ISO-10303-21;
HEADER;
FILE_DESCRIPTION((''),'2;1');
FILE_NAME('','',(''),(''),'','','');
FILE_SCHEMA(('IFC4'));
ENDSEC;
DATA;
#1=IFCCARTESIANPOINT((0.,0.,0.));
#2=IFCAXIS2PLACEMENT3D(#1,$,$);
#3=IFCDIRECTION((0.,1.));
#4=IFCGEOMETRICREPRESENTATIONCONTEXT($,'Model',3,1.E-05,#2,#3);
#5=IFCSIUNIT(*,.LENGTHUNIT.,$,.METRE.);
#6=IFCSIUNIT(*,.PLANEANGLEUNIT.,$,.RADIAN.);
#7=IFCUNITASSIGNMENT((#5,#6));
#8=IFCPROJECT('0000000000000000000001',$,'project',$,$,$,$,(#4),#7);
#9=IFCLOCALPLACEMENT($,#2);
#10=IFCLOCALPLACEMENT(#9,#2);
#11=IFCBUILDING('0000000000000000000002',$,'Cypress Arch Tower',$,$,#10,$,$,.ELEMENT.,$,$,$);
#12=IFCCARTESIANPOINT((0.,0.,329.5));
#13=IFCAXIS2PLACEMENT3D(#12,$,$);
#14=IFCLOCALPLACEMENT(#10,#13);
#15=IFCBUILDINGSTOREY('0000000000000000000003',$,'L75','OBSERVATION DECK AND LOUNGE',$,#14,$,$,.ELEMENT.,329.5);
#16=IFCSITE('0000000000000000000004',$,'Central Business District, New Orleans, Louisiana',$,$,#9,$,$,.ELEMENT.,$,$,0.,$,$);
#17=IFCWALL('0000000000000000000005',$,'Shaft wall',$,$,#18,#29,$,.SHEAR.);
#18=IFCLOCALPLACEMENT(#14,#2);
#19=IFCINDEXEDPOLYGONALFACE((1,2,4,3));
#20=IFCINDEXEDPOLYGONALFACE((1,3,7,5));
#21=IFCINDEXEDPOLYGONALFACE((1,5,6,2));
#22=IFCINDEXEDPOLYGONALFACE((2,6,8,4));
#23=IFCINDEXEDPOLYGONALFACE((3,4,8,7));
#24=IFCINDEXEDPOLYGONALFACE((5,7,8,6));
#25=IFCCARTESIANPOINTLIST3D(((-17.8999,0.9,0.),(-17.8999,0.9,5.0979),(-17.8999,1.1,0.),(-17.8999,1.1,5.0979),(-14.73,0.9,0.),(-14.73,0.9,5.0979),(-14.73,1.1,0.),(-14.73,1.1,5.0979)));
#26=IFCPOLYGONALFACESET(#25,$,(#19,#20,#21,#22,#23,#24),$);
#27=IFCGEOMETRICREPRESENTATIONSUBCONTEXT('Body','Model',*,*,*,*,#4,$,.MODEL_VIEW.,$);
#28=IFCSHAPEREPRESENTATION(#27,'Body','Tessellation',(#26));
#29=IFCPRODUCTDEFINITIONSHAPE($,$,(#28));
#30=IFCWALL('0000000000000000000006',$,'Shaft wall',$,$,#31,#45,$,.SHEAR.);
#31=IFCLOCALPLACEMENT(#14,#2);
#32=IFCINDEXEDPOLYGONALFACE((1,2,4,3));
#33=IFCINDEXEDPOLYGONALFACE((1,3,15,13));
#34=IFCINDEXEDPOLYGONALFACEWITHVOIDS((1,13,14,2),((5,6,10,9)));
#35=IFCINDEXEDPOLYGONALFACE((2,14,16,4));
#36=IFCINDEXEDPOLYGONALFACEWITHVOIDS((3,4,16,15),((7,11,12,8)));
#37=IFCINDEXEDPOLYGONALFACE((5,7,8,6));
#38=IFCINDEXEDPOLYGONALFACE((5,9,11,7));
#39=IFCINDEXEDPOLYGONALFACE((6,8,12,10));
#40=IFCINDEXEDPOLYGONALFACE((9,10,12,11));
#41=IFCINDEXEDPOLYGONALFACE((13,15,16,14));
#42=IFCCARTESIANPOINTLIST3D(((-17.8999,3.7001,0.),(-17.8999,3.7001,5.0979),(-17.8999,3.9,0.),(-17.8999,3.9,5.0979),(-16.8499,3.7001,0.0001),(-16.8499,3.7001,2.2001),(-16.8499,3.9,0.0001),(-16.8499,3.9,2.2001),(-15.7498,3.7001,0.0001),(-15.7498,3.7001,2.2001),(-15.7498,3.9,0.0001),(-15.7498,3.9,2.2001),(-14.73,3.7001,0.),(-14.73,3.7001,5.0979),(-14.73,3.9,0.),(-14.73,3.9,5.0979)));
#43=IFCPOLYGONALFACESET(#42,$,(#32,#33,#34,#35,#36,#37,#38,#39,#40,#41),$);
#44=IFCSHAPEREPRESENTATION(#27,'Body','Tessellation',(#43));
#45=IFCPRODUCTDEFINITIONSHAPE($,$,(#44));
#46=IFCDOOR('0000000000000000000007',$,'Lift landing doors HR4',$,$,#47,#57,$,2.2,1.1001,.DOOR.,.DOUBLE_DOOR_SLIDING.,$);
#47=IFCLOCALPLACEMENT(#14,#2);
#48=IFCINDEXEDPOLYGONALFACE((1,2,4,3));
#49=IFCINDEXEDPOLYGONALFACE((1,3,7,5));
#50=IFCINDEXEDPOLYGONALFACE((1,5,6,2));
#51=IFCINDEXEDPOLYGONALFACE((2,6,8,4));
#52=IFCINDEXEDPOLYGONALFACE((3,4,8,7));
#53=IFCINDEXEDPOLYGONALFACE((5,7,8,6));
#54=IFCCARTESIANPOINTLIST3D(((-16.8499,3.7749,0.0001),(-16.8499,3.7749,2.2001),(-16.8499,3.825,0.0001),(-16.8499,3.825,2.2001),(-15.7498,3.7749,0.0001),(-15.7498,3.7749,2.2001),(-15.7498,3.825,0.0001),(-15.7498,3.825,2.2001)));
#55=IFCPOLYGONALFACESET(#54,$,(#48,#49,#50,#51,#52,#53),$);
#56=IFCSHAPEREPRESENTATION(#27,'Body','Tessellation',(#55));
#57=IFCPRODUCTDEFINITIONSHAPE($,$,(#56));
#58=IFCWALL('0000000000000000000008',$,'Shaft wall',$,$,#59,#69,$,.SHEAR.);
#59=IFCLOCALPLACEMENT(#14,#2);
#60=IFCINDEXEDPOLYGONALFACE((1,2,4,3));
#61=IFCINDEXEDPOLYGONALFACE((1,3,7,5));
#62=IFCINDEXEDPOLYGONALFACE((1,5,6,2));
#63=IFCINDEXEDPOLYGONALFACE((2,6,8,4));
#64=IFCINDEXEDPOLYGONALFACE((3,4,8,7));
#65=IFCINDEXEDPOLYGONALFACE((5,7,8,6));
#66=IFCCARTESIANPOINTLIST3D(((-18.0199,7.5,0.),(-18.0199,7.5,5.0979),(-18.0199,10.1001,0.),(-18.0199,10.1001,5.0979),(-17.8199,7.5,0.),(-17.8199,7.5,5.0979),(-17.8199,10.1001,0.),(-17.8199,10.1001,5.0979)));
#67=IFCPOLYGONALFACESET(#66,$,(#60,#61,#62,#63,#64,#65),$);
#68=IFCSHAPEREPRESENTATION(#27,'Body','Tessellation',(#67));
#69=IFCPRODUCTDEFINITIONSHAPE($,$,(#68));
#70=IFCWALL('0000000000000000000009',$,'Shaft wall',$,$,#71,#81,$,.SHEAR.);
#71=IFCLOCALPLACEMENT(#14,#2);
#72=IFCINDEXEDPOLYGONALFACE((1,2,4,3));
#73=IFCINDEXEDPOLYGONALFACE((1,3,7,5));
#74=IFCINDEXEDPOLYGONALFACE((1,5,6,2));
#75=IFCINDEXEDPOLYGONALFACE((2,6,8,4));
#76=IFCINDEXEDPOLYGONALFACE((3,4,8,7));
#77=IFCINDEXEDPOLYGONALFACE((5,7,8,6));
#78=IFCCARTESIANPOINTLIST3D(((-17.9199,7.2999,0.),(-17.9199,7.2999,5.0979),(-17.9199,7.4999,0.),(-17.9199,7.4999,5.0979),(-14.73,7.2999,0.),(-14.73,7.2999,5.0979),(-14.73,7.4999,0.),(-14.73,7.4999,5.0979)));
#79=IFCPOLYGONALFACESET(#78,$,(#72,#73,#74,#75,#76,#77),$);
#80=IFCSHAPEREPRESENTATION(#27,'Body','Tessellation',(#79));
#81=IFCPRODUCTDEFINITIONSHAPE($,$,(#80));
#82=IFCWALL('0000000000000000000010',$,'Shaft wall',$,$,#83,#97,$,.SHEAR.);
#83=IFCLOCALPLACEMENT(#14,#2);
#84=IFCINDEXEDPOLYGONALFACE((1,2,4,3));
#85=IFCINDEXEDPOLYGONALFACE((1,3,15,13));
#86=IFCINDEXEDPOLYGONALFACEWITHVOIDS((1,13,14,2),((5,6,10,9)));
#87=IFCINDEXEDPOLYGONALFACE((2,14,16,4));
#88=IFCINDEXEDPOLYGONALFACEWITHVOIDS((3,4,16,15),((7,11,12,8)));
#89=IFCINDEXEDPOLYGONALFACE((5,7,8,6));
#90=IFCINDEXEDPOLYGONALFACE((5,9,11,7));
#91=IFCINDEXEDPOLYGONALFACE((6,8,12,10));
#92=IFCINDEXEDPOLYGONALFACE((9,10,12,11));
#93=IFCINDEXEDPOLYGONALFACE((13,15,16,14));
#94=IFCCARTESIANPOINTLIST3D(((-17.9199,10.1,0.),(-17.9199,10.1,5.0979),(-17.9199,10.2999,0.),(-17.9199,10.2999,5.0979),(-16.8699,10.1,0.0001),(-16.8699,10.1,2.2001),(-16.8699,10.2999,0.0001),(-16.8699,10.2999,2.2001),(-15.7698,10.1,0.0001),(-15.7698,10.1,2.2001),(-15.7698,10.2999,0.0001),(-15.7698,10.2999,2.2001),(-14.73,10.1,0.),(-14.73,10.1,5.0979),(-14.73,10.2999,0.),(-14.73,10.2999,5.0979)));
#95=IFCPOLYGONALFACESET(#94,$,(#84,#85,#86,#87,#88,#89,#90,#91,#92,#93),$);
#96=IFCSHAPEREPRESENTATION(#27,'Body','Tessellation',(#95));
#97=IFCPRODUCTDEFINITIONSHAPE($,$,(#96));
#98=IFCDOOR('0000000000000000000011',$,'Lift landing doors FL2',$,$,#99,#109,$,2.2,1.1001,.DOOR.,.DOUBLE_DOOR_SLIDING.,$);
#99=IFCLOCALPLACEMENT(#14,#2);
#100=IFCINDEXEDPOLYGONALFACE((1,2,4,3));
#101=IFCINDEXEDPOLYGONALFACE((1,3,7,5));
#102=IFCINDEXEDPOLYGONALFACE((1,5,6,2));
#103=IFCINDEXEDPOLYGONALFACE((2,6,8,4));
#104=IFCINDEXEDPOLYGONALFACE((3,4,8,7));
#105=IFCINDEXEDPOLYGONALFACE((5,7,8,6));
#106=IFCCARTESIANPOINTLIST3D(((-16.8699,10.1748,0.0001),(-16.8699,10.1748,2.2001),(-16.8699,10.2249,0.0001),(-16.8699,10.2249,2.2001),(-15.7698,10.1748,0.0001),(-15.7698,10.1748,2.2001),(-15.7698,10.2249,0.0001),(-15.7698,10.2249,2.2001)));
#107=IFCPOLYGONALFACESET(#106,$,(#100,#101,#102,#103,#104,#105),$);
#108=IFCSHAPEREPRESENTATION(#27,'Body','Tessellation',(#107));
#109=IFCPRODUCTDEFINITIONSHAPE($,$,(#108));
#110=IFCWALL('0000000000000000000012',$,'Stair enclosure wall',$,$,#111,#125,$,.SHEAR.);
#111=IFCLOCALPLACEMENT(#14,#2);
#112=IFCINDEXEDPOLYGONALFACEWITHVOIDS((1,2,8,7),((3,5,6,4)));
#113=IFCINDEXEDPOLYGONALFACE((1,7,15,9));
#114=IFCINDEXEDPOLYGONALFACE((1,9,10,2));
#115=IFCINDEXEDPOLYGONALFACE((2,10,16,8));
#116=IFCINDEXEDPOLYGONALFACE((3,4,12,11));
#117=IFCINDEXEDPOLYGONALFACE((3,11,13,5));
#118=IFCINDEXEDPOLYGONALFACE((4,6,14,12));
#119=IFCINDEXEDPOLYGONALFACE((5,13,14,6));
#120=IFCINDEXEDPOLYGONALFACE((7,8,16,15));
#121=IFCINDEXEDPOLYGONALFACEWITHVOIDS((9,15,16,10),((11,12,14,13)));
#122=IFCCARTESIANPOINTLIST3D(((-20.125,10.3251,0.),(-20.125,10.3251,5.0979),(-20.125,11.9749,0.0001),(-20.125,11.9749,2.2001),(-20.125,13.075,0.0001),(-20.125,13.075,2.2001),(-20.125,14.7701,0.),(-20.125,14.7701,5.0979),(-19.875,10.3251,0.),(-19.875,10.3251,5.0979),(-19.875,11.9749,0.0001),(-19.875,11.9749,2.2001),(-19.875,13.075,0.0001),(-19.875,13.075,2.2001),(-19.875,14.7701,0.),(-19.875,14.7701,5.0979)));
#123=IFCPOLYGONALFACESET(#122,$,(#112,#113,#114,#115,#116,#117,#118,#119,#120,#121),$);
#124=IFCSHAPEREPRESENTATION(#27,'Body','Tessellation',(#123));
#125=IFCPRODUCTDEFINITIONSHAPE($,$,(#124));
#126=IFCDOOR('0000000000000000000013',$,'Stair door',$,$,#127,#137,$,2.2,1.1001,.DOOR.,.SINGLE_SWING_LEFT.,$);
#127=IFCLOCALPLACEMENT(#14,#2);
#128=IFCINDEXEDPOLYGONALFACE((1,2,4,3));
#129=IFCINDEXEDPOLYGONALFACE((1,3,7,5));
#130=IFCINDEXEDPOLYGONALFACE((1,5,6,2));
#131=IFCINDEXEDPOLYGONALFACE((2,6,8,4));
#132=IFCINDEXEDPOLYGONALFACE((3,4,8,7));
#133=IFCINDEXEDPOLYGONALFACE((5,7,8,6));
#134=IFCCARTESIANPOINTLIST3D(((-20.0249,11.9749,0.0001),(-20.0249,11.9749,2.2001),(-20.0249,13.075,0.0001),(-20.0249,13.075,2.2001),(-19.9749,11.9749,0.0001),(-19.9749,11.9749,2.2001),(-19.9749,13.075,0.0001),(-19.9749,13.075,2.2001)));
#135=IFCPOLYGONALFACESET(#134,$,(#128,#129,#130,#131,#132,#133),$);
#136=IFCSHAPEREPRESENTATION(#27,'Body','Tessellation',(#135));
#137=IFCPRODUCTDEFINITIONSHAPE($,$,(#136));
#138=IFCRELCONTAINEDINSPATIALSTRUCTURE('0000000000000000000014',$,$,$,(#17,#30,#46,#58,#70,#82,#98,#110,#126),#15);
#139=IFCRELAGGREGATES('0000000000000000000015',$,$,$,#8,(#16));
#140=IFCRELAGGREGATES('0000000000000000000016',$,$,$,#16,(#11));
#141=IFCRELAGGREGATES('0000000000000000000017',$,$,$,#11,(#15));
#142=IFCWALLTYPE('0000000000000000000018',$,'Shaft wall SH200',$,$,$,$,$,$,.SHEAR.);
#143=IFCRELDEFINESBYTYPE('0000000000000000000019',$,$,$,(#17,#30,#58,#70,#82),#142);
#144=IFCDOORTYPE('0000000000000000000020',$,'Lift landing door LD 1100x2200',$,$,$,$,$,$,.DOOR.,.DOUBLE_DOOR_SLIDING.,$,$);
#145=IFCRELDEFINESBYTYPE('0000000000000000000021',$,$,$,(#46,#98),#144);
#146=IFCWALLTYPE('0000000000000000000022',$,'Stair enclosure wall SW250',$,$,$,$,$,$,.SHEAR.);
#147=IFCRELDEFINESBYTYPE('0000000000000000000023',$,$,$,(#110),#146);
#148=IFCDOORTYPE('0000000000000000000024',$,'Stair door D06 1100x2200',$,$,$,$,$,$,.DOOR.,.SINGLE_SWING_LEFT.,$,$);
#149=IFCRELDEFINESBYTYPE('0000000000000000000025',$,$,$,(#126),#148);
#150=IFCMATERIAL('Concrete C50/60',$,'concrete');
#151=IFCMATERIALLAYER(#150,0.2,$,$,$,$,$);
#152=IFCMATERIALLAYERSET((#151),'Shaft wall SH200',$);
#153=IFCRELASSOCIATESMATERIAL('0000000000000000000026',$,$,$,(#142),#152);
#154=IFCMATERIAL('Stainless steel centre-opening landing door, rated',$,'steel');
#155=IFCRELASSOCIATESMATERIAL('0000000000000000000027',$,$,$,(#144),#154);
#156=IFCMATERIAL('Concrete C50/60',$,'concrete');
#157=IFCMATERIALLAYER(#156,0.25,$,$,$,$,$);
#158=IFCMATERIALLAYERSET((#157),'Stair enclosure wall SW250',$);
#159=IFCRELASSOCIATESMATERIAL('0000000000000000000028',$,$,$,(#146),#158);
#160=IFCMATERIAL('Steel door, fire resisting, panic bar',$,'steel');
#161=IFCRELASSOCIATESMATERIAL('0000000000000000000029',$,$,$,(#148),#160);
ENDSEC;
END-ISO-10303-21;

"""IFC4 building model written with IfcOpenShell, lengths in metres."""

from ifc_helpers import new_model, si_unit, direction, frame, frame_2d, origin, place, context, subcontext, project, spatial, rectangle, extrude, material, layer, layer_set, type_object, element, fill, save


model = new_model("IFC4")

# Units and contexts
model_context = context("Model", 3, precision=1e-05, world=origin(), true_north=direction((0.0, 1.0)))
body_context = subcontext(model_context, "Body", "Model", "MODEL_VIEW")
ifc_project = project(units=[si_unit("LENGTHUNIT", "METRE"), si_unit("PLANEANGLEUNIT", "RADIAN")], contexts=[model_context])

# Site, building, storey
site_placement = place(None, origin())
site = spatial("IfcSite", under=ifc_project, at=site_placement, Name="Central Business District, New Orleans, Louisiana", CompositionType="ELEMENT", RefElevation=0.0)
building_placement = place(site_placement, origin())
building = spatial("IfcBuilding", under=site, at=building_placement, Name="Cypress Arch Tower", CompositionType="ELEMENT")
storey_placement = place(building_placement, frame((0.0, 0.0, 329.5)))
storey = spatial("IfcBuildingStorey", under=building, at=storey_placement, Name="L75", Description="OBSERVATION DECK AND LOUNGE", CompositionType="ELEMENT", Elevation=329.5)

# Wall
ifc_material_1 = material(Name="Concrete C50/60", Category="concrete")
ifc_layer_1 = layer(ifc_material_1, 0.2)
ifc_layer_set_1 = layer_set([ifc_layer_1], Name="Shaft wall SH200")
wall_type_1 = type_object("IfcWallType", Name="Shaft wall SH200", PredefinedType="SHEAR", material=ifc_layer_set_1)
wall_1_placement = place(storey_placement, frame((-17.8999, 1.0, 0.0), z_axis=(0.0, 0.0, 1.0), x_axis=(1.0, 0.0, 0.0)))
element("IfcWall", 1, at=wall_1_placement, inside=storey, type_object=wall_type_1, Name="Shaft wall", PredefinedType="SHEAR", context=body_context, shape_type="SweptSolid", body=[
    extrude(rectangle(XDim=3.1699, YDim=0.2, at=frame_2d((1.585, 0.0))), origin(), (0.0, 0.0, 1.0), 5.0979),
])

# Wall, opening, door
wall_2_placement = place(storey_placement, frame((-17.8999, 3.8, 0.0), z_axis=(0.0, 0.0, 1.0), x_axis=(1.0, 0.0, 0.0)))
wall_2 = element("IfcWall", 2, at=wall_2_placement, inside=storey, type_object=wall_type_1, Name="Shaft wall", PredefinedType="SHEAR", context=body_context, shape_type="SweptSolid", body=[
    extrude(rectangle(XDim=3.1699, YDim=0.2, at=frame_2d((1.585, 0.0))), origin(), (0.0, 0.0, 1.0), 5.0979),
])
opening_1_placement = place(wall_2_placement, frame((1.05, 0.0, 0.0)))
opening_1 = element("IfcOpeningElement", 3, at=opening_1_placement, cuts=wall_2, PredefinedType="OPENING", context=body_context, shape_type="SweptSolid", body=[
    extrude(rectangle(XDim=1.1001, YDim=2.2, at=frame_2d((0.55, 1.1001))), frame((0.0, 0.1099, 0.0), z_axis=(0.0, -1.0, 0.0), x_axis=(1.0, 0.0, 0.0)), (0.0, 0.0, 1.0), 0.22),
])
ifc_material_2 = material(Name="Stainless steel centre-opening landing door, rated", Category="steel")
door_type_1 = type_object("IfcDoorType", Name="Lift landing door LD 1100x2200", OperationType="DOUBLE_DOOR_SLIDING", PredefinedType="DOOR", material=ifc_material_2)
door_1_placement = place(opening_1_placement, origin())
door_1 = element("IfcDoor", 4, at=door_1_placement, inside=storey, type_object=door_type_1, Name="Lift landing doors HR4", OperationType="DOUBLE_DOOR_SLIDING", OverallHeight=2.2, OverallWidth=1.1001, PredefinedType="DOOR", context=body_context, shape_type="SweptSolid", body=[
    extrude(rectangle(XDim=1.1001, YDim=2.2, at=frame_2d((0.55, 1.1001))), frame((0.0, 0.0249, 0.0), z_axis=(0.0, -1.0, 0.0), x_axis=(1.0, 0.0, 0.0)), (0.0, 0.0, 1.0), 0.05),
])
fill(opening_1, door_1)

# Walls
wall_3_placement = place(storey_placement, frame((-17.9199, 7.5, 0.0), z_axis=(0.0, 0.0, 1.0), x_axis=(0.0, 1.0, 0.0)))
element("IfcWall", 5, at=wall_3_placement, inside=storey, type_object=wall_type_1, Name="Shaft wall", PredefinedType="SHEAR", context=body_context, shape_type="SweptSolid", body=[
    extrude(rectangle(XDim=2.6001, YDim=0.2, at=frame_2d((1.3, 0.0))), origin(), (0.0, 0.0, 1.0), 5.0979),
])
wall_4_placement = place(storey_placement, frame((-17.9199, 7.3999, 0.0), z_axis=(0.0, 0.0, 1.0), x_axis=(1.0, 0.0, 0.0)))
element("IfcWall", 6, at=wall_4_placement, inside=storey, type_object=wall_type_1, Name="Shaft wall", PredefinedType="SHEAR", context=body_context, shape_type="SweptSolid", body=[
    extrude(rectangle(XDim=3.1899, YDim=0.2, at=frame_2d((1.595, 0.0))), origin(), (0.0, 0.0, 1.0), 5.0979),
])

# Walls, openings, doors
wall_5_placement = place(storey_placement, frame((-17.9199, 10.2, 0.0), z_axis=(0.0, 0.0, 1.0), x_axis=(1.0, 0.0, 0.0)))
wall_5 = element("IfcWall", 7, at=wall_5_placement, inside=storey, type_object=wall_type_1, Name="Shaft wall", PredefinedType="SHEAR", context=body_context, shape_type="SweptSolid", body=[
    extrude(rectangle(XDim=3.1899, YDim=0.2, at=frame_2d((1.595, 0.0))), origin(), (0.0, 0.0, 1.0), 5.0979),
])
opening_2_placement = place(wall_5_placement, frame((1.05, 0.0, 0.0)))
opening_2 = element("IfcOpeningElement", 8, at=opening_2_placement, cuts=wall_5, PredefinedType="OPENING", context=body_context, shape_type="SweptSolid", body=[
    extrude(rectangle(XDim=1.1001, YDim=2.2, at=frame_2d((0.55, 1.1001))), frame((0.0, 0.1099, 0.0), z_axis=(0.0, -1.0, 0.0), x_axis=(1.0, 0.0, 0.0)), (0.0, 0.0, 1.0), 0.22),
])
door_2_placement = place(opening_2_placement, origin())
door_2 = element("IfcDoor", 9, at=door_2_placement, inside=storey, type_object=door_type_1, Name="Lift landing doors FL2", OperationType="DOUBLE_DOOR_SLIDING", OverallHeight=2.2, OverallWidth=1.1001, PredefinedType="DOOR", context=body_context, shape_type="SweptSolid", body=[
    extrude(rectangle(XDim=1.1001, YDim=2.2, at=frame_2d((0.55, 1.1001))), frame((0.0, 0.0249, 0.0), z_axis=(0.0, -1.0, 0.0), x_axis=(1.0, 0.0, 0.0)), (0.0, 0.0, 1.0), 0.05),
])
fill(opening_2, door_2)
ifc_material_3 = material(Name="Concrete C50/60", Category="concrete")
ifc_layer_2 = layer(ifc_material_3, 0.25)
ifc_layer_set_2 = layer_set([ifc_layer_2], Name="Stair enclosure wall SW250")
wall_type_2 = type_object("IfcWallType", Name="Stair enclosure wall SW250", PredefinedType="SHEAR", material=ifc_layer_set_2)
wall_6_placement = place(storey_placement, frame((-20.0, 10.325, 0.0), z_axis=(0.0, 0.0, 1.0), x_axis=(0.0, 1.0, 0.0)))
wall_6 = element("IfcWall", 10, at=wall_6_placement, inside=storey, type_object=wall_type_2, Name="Stair enclosure wall", PredefinedType="SHEAR", context=body_context, shape_type="SweptSolid", body=[
    extrude(rectangle(XDim=4.4451, YDim=0.25, at=frame_2d((2.2227, 0.0))), origin(), (0.0, 0.0, 1.0), 5.0979),
])
opening_3_placement = place(wall_6_placement, frame((1.6499, 0.0, 0.0)))
opening_3 = element("IfcOpeningElement", 11, at=opening_3_placement, cuts=wall_6, PredefinedType="OPENING", context=body_context, shape_type="SweptSolid", body=[
    extrude(rectangle(XDim=1.1001, YDim=2.2, at=frame_2d((0.55, 1.1001))), frame((0.0, 0.135, 0.0), z_axis=(0.0, -1.0, 0.0), x_axis=(1.0, 0.0, 0.0)), (0.0, 0.0, 1.0), 0.27),
])
ifc_material_4 = material(Name="Steel door, fire resisting, panic bar", Category="steel")
door_type_2 = type_object("IfcDoorType", Name="Stair door D06 1100x2200", OperationType="SINGLE_SWING_LEFT", PredefinedType="DOOR", material=ifc_material_4)
door_3_placement = place(opening_3_placement, origin())
door_3 = element("IfcDoor", 12, at=door_3_placement, inside=storey, type_object=door_type_2, Name="Stair door", OperationType="SINGLE_SWING_LEFT", OverallHeight=2.2, OverallWidth=1.1001, PredefinedType="DOOR", context=body_context, shape_type="SweptSolid", body=[
    extrude(rectangle(XDim=1.1001, YDim=2.2, at=frame_2d((0.55, 1.1001))), frame((0.0, 0.0249, 0.0), z_axis=(0.0, -1.0, 0.0), x_axis=(1.0, 0.0, 0.0)), (0.0, 0.0, 1.0), 0.05),
])
fill(opening_3, door_3)

save(model, "model.ifc")
